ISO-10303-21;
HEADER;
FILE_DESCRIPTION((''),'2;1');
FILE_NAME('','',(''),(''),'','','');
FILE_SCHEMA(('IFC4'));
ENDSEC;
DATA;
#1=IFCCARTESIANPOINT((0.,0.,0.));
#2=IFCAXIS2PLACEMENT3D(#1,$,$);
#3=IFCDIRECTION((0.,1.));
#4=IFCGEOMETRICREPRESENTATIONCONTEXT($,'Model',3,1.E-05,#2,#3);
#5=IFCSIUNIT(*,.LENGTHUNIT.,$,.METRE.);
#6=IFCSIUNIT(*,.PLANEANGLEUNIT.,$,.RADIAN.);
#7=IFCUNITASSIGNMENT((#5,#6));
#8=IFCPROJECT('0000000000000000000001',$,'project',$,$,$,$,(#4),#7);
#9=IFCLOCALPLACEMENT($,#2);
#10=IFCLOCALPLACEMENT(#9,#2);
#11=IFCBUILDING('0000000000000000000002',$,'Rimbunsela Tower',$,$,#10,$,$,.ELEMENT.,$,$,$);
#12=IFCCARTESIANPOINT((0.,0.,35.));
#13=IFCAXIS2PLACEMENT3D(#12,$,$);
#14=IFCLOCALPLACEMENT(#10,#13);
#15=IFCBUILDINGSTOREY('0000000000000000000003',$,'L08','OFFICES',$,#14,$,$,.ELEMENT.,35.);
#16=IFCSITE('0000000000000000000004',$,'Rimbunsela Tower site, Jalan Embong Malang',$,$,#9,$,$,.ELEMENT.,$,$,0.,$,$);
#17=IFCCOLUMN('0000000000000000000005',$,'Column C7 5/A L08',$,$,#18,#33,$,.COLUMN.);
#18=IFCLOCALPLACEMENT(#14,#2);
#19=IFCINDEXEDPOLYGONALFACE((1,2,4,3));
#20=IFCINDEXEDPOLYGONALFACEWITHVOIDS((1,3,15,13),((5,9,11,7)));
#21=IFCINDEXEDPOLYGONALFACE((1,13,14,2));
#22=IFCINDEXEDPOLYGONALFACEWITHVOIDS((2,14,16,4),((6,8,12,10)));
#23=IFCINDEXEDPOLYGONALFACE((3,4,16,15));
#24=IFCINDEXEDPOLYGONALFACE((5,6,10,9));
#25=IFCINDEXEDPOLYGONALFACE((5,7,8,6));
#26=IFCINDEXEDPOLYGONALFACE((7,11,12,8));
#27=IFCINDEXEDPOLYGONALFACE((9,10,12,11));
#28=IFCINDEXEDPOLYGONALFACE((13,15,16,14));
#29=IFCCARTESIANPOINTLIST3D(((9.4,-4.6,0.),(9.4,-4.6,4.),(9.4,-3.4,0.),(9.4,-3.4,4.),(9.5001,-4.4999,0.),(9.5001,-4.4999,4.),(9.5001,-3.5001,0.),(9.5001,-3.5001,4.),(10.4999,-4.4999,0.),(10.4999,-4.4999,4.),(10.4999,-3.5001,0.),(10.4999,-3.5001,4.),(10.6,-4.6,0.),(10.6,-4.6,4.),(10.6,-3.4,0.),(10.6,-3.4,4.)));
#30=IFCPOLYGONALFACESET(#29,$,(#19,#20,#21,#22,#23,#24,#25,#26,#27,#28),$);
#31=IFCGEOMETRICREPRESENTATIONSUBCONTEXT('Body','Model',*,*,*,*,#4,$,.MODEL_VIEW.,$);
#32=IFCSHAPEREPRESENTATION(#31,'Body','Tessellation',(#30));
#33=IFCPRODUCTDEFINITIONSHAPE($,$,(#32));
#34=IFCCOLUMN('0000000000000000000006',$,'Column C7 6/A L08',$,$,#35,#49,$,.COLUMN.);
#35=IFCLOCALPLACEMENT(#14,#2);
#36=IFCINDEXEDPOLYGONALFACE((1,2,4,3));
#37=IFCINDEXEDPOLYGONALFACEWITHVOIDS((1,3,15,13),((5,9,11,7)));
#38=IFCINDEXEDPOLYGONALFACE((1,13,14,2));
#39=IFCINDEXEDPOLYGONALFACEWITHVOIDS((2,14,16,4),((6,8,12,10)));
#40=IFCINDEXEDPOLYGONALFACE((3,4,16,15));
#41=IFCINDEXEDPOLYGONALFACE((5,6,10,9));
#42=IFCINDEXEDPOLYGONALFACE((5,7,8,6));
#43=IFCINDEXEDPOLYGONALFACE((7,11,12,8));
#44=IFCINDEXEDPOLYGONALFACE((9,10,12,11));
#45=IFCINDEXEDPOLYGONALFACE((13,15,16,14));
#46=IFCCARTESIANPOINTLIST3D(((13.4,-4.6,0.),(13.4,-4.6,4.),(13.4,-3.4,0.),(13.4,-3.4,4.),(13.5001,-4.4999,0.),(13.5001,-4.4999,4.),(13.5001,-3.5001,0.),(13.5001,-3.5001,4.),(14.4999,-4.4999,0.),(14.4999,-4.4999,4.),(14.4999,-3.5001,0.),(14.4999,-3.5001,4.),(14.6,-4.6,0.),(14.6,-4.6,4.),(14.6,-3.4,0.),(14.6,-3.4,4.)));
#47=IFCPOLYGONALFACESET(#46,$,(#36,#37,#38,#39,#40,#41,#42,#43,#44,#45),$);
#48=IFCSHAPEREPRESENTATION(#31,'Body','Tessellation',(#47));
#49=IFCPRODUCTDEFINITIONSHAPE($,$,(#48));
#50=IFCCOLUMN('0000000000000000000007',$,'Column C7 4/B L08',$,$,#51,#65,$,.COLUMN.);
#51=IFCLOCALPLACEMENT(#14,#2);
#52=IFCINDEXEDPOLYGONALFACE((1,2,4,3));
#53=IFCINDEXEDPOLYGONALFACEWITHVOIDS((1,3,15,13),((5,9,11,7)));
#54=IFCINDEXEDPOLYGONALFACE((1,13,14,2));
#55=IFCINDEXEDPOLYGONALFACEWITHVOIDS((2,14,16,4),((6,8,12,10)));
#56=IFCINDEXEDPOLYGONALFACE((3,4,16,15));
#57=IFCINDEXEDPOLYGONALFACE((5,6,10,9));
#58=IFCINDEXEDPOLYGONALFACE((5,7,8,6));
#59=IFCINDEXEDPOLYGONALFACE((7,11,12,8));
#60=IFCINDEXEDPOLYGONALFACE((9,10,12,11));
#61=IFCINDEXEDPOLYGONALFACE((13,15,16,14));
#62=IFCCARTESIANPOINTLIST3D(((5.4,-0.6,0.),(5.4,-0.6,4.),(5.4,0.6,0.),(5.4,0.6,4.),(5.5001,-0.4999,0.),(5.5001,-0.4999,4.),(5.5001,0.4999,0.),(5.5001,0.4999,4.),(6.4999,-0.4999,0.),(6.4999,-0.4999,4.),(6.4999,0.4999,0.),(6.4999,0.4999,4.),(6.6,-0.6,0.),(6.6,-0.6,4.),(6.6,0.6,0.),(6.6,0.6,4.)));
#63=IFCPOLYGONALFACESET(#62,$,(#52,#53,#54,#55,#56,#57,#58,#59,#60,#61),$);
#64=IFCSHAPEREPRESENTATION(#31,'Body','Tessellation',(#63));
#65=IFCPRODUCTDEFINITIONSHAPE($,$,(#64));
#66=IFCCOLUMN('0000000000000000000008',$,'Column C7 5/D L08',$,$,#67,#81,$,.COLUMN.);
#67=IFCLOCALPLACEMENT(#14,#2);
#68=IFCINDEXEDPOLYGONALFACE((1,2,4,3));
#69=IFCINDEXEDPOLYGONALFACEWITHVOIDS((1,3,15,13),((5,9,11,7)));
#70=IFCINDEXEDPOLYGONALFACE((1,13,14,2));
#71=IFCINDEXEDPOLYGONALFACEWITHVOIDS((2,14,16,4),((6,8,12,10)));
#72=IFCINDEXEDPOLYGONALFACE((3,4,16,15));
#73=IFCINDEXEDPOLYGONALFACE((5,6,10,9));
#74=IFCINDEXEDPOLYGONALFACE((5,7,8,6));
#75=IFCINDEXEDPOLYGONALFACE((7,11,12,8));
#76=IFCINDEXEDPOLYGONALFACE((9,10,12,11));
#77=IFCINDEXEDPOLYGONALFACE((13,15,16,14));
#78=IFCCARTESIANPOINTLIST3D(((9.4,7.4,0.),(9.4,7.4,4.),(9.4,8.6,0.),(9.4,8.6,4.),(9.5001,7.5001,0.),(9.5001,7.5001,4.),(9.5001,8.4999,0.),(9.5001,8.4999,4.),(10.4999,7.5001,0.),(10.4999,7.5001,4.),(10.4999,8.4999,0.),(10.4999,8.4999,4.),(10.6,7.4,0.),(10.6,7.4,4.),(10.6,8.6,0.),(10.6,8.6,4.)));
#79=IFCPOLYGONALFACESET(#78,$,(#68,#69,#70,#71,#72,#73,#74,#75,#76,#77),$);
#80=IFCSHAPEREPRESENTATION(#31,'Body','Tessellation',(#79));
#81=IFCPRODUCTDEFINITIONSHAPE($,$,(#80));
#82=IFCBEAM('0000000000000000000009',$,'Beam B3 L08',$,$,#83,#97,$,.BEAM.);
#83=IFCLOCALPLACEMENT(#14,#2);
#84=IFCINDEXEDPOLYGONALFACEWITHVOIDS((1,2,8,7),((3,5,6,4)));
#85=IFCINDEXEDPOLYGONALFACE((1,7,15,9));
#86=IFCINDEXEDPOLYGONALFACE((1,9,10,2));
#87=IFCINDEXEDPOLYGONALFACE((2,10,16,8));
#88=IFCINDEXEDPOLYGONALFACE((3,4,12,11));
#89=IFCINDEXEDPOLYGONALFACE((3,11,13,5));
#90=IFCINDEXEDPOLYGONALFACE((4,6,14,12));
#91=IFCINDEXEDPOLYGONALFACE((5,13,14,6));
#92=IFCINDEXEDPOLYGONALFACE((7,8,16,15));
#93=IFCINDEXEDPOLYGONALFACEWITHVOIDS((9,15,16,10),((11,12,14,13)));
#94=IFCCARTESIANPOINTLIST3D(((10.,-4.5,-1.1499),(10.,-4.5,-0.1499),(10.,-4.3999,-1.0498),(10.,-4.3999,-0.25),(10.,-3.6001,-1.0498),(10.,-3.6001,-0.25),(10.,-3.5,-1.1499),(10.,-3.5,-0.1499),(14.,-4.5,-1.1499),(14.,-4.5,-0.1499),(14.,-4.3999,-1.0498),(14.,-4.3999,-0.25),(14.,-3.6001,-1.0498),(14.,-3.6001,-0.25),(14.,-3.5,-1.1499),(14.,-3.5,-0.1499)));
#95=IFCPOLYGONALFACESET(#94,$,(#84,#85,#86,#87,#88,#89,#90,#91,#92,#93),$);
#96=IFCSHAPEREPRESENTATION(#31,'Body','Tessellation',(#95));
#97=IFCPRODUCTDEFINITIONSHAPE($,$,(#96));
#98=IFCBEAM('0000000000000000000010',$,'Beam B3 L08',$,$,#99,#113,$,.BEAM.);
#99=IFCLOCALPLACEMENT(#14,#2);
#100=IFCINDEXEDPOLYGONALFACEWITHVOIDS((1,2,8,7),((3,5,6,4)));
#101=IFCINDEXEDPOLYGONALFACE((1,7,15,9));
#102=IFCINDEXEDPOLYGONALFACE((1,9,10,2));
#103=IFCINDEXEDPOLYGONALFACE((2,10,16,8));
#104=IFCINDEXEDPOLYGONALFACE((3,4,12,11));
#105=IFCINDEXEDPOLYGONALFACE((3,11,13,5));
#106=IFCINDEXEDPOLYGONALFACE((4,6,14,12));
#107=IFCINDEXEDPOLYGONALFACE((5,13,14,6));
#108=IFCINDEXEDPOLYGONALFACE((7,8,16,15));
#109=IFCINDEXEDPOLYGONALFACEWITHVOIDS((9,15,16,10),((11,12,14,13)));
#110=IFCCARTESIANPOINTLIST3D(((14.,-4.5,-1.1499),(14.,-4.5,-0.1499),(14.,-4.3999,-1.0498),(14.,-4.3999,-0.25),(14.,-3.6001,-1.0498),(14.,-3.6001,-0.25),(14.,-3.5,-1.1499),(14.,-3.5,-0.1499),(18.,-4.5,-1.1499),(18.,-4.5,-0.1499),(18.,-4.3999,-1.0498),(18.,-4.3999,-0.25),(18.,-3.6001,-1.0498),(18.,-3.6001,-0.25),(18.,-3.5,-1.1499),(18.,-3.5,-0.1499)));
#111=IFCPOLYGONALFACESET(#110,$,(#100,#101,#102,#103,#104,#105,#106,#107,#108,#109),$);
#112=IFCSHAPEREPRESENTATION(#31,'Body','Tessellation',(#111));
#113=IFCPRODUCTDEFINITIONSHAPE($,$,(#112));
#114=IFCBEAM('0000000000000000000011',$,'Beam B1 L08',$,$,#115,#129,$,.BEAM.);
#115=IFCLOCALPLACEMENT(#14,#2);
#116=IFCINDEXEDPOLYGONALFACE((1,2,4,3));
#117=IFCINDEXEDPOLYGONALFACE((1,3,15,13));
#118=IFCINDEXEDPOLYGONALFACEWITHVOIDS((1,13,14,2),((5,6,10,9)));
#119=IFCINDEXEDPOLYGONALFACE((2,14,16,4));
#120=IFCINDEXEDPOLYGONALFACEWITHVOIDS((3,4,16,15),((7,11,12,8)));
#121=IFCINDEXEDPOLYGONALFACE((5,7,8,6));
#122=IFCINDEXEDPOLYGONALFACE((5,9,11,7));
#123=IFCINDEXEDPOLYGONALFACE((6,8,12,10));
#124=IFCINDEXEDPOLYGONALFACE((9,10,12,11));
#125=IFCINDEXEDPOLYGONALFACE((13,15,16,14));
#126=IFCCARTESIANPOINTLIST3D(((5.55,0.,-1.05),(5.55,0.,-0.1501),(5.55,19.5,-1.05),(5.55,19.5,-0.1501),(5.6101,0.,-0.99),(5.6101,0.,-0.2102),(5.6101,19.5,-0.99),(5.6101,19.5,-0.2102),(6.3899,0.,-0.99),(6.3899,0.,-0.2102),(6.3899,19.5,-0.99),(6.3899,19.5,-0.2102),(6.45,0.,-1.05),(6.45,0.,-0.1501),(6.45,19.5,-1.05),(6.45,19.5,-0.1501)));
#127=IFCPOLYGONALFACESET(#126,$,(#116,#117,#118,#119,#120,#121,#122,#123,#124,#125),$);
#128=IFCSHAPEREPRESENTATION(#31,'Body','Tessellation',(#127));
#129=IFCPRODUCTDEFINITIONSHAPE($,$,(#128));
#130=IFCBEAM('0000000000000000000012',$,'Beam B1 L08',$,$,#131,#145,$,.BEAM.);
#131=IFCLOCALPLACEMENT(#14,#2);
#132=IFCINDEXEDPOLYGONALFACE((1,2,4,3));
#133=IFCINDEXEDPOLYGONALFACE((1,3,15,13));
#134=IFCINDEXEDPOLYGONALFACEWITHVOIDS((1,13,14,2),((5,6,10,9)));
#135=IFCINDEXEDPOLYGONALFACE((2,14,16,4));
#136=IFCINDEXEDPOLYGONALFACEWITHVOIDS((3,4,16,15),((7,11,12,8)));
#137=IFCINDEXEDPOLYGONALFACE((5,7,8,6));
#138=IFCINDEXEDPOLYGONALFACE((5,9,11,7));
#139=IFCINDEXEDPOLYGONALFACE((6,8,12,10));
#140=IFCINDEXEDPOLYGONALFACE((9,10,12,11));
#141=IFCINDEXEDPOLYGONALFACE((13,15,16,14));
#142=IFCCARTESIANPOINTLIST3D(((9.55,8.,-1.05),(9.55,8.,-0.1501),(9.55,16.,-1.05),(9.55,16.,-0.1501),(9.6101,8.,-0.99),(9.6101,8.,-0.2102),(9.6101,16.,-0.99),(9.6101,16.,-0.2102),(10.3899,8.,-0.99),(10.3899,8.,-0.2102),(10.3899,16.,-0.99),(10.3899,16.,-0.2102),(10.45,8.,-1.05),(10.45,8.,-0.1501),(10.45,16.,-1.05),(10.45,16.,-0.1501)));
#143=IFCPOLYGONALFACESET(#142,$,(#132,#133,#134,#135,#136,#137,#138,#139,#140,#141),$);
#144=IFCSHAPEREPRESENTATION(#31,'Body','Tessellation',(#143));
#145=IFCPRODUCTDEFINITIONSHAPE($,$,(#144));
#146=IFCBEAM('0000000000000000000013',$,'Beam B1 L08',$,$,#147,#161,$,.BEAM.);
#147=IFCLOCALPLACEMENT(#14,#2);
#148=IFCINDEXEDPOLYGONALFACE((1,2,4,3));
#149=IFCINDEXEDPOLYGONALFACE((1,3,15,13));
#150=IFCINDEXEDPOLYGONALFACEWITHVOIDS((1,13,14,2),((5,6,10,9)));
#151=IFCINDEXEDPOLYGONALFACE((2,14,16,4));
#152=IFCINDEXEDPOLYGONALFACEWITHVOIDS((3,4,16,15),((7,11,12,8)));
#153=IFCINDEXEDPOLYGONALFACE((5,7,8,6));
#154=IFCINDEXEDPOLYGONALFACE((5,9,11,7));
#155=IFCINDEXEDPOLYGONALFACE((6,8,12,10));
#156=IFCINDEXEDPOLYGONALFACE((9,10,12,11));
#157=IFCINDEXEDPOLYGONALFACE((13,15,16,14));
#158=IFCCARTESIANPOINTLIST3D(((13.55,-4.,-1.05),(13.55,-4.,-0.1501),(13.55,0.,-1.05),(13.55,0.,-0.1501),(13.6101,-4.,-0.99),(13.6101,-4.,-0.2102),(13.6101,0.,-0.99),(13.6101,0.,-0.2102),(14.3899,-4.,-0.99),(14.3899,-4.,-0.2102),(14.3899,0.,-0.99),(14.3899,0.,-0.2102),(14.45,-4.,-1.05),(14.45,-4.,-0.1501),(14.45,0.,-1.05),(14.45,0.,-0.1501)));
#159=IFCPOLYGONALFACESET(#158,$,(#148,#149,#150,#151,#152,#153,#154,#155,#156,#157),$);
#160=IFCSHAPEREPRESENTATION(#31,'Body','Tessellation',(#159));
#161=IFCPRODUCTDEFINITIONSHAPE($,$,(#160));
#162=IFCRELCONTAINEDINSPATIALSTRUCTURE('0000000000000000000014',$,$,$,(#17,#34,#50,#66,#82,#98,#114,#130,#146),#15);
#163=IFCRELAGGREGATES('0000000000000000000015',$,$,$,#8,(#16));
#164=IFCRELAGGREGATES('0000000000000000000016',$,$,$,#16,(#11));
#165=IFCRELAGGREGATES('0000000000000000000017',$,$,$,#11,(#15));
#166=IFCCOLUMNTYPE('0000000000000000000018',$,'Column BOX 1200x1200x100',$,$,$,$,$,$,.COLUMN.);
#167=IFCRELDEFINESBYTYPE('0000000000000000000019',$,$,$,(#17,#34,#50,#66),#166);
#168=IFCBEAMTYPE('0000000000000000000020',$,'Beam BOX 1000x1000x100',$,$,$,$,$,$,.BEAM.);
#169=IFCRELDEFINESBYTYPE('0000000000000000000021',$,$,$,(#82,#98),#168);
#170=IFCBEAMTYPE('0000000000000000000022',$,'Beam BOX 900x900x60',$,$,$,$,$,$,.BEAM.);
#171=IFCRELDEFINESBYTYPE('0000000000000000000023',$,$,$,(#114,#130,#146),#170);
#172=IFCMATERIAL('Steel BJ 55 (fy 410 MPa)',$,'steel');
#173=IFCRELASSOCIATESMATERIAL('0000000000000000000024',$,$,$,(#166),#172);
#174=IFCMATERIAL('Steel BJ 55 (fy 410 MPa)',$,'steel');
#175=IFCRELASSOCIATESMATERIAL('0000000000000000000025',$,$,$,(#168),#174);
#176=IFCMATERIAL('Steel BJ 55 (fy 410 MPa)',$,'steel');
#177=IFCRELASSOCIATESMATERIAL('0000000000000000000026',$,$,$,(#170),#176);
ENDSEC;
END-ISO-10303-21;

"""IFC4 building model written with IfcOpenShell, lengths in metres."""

from ifc_helpers import new_model, si_unit, direction, frame, origin, origin_2d, place, context, subcontext, project, spatial, hollow_rectangle, extrude, material, material_profile, profile_set, type_object, element, save


model = new_model("IFC4")

# Units and contexts
model_context = context("Model", 3, precision=1e-05, world=origin(), true_north=direction((0.0, 1.0)))
body_context = subcontext(model_context, "Body", "Model", "MODEL_VIEW")
ifc_project = project(units=[si_unit("LENGTHUNIT", "METRE"), si_unit("PLANEANGLEUNIT", "RADIAN")], contexts=[model_context])

# Site, building, storey
site_placement = place(None, origin())
site = spatial("IfcSite", under=ifc_project, at=site_placement, Name="Rimbunsela Tower site, Jalan Embong Malang", CompositionType="ELEMENT", RefElevation=0.0)
building_placement = place(site_placement, origin())
building = spatial("IfcBuilding", under=site, at=building_placement, Name="Rimbunsela Tower", CompositionType="ELEMENT")
storey_placement = place(building_placement, frame((0.0, 0.0, 35.0)))
storey = spatial("IfcBuildingStorey", under=building, at=storey_placement, Name="L08", Description="OFFICES", CompositionType="ELEMENT", Elevation=35.0)

# Columns
ifc_material_1 = material(Name="Steel BJ 55 (fy 410 MPa)", Category="steel")
ifc_material_profile_1 = material_profile(ifc_material_1, hollow_rectangle(XDim=1.2, YDim=1.2, WallThickness=0.1001, at=origin_2d()), Name="BOX 1200x1200x100")
ifc_profile_set_1 = profile_set([ifc_material_profile_1], Name="Steel BJ 55 (fy 410 MPa)")
column_type = type_object("IfcColumnType", Name="Column BOX 1200x1200x100", PredefinedType="COLUMN", material=ifc_profile_set_1)
for number, where, z_axis, x_axis, name in (
    (1, (10.0, -4.0, 0.0), (0.0, 0.0, 1.0), (1.0, 0.0, 0.0), "Column C7 5/A L08"),
    (2, (14.0, -4.0, 0.0), (0.0, 0.0, 1.0), (1.0, 0.0, 0.0), "Column C7 6/A L08"),
    (3, (6.0, 0.0, 0.0), (0.0, 0.0, 1.0), (1.0, 0.0, 0.0), "Column C7 4/B L08"),
    (4, (10.0, 8.0, 0.0), (0.0, 0.0, 1.0), (1.0, 0.0, 0.0), "Column C7 5/D L08"),
):
    element("IfcColumn", number, at=place(storey_placement, frame(where, z_axis=z_axis, x_axis=x_axis)), inside=storey, type_object=column_type, Name=name, PredefinedType="COLUMN", context=body_context, shape_type="SweptSolid", body=[
        extrude(hollow_rectangle(XDim=1.2, YDim=1.2, WallThickness=0.1001, at=origin_2d()), origin(), (0.0, 0.0, 1.0), 4.0),
    ])

# Beams
ifc_material_2 = material(Name="Steel BJ 55 (fy 410 MPa)", Category="steel")
ifc_material_profile_2 = material_profile(ifc_material_2, hollow_rectangle(XDim=1.0, YDim=1.0, WallThickness=0.1001, at=origin_2d()), Name="BOX 1000x1000x100")
ifc_profile_set_2 = profile_set([ifc_material_profile_2], Name="Steel BJ 55 (fy 410 MPa)")
beam_type_1 = type_object("IfcBeamType", Name="Beam BOX 1000x1000x100", PredefinedType="BEAM", material=ifc_profile_set_2)
for number, where, z_axis, x_axis, name in (
    (5, (10.0, -4.0, -0.6499), (1.0, 0.0, 0.0), (0.0, 1.0, 0.0), "Beam B3 L08"),
    (6, (14.0, -4.0, -0.6499), (1.0, 0.0, 0.0), (0.0, 1.0, 0.0), "Beam B3 L08"),
):
    element("IfcBeam", number, at=place(storey_placement, frame(where, z_axis=z_axis, x_axis=x_axis)), inside=storey, type_object=beam_type_1, Name=name, PredefinedType="BEAM", context=body_context, shape_type="SweptSolid", body=[
        extrude(hollow_rectangle(XDim=1.0, YDim=1.0, WallThickness=0.1001, at=origin_2d()), origin(), (0.0, 0.0, 1.0), 4.0),
    ])
ifc_material_3 = material(Name="Steel BJ 55 (fy 410 MPa)", Category="steel")
ifc_material_profile_3 = material_profile(ifc_material_3, hollow_rectangle(XDim=0.8999, YDim=0.8999, WallThickness=0.0601, at=origin_2d()), Name="BOX 900x900x60")
ifc_profile_set_3 = profile_set([ifc_material_profile_3], Name="Steel BJ 55 (fy 410 MPa)")
beam_type_2 = type_object("IfcBeamType", Name="Beam BOX 900x900x60", PredefinedType="BEAM", material=ifc_profile_set_3)
beam_1_placement = place(storey_placement, frame((6.0, 0.0, -0.6001), z_axis=(0.0, 1.0, 0.0), x_axis=(-1.0, 0.0, 0.0)))
element("IfcBeam", 7, at=beam_1_placement, inside=storey, type_object=beam_type_2, Name="Beam B1 L08", PredefinedType="BEAM", context=body_context, shape_type="SweptSolid", body=[
    extrude(hollow_rectangle(XDim=0.8999, YDim=0.8999, WallThickness=0.0601, at=origin_2d()), origin(), (0.0, 0.0, 1.0), 19.5),
])
beam_2_placement = place(storey_placement, frame((10.0, 8.0, -0.6001), z_axis=(0.0, 1.0, 0.0), x_axis=(-1.0, 0.0, 0.0)))
element("IfcBeam", 8, at=beam_2_placement, inside=storey, type_object=beam_type_2, Name="Beam B1 L08", PredefinedType="BEAM", context=body_context, shape_type="SweptSolid", body=[
    extrude(hollow_rectangle(XDim=0.8999, YDim=0.8999, WallThickness=0.0601, at=origin_2d()), origin(), (0.0, 0.0, 1.0), 8.0),
])
beam_3_placement = place(storey_placement, frame((14.0, -4.0, -0.6001), z_axis=(0.0, 1.0, 0.0), x_axis=(-1.0, 0.0, 0.0)))
element("IfcBeam", 9, at=beam_3_placement, inside=storey, type_object=beam_type_2, Name="Beam B1 L08", PredefinedType="BEAM", context=body_context, shape_type="SweptSolid", body=[
    extrude(hollow_rectangle(XDim=0.8999, YDim=0.8999, WallThickness=0.0601, at=origin_2d()), origin(), (0.0, 0.0, 1.0), 4.0),
])

save(model, "model.ifc")
